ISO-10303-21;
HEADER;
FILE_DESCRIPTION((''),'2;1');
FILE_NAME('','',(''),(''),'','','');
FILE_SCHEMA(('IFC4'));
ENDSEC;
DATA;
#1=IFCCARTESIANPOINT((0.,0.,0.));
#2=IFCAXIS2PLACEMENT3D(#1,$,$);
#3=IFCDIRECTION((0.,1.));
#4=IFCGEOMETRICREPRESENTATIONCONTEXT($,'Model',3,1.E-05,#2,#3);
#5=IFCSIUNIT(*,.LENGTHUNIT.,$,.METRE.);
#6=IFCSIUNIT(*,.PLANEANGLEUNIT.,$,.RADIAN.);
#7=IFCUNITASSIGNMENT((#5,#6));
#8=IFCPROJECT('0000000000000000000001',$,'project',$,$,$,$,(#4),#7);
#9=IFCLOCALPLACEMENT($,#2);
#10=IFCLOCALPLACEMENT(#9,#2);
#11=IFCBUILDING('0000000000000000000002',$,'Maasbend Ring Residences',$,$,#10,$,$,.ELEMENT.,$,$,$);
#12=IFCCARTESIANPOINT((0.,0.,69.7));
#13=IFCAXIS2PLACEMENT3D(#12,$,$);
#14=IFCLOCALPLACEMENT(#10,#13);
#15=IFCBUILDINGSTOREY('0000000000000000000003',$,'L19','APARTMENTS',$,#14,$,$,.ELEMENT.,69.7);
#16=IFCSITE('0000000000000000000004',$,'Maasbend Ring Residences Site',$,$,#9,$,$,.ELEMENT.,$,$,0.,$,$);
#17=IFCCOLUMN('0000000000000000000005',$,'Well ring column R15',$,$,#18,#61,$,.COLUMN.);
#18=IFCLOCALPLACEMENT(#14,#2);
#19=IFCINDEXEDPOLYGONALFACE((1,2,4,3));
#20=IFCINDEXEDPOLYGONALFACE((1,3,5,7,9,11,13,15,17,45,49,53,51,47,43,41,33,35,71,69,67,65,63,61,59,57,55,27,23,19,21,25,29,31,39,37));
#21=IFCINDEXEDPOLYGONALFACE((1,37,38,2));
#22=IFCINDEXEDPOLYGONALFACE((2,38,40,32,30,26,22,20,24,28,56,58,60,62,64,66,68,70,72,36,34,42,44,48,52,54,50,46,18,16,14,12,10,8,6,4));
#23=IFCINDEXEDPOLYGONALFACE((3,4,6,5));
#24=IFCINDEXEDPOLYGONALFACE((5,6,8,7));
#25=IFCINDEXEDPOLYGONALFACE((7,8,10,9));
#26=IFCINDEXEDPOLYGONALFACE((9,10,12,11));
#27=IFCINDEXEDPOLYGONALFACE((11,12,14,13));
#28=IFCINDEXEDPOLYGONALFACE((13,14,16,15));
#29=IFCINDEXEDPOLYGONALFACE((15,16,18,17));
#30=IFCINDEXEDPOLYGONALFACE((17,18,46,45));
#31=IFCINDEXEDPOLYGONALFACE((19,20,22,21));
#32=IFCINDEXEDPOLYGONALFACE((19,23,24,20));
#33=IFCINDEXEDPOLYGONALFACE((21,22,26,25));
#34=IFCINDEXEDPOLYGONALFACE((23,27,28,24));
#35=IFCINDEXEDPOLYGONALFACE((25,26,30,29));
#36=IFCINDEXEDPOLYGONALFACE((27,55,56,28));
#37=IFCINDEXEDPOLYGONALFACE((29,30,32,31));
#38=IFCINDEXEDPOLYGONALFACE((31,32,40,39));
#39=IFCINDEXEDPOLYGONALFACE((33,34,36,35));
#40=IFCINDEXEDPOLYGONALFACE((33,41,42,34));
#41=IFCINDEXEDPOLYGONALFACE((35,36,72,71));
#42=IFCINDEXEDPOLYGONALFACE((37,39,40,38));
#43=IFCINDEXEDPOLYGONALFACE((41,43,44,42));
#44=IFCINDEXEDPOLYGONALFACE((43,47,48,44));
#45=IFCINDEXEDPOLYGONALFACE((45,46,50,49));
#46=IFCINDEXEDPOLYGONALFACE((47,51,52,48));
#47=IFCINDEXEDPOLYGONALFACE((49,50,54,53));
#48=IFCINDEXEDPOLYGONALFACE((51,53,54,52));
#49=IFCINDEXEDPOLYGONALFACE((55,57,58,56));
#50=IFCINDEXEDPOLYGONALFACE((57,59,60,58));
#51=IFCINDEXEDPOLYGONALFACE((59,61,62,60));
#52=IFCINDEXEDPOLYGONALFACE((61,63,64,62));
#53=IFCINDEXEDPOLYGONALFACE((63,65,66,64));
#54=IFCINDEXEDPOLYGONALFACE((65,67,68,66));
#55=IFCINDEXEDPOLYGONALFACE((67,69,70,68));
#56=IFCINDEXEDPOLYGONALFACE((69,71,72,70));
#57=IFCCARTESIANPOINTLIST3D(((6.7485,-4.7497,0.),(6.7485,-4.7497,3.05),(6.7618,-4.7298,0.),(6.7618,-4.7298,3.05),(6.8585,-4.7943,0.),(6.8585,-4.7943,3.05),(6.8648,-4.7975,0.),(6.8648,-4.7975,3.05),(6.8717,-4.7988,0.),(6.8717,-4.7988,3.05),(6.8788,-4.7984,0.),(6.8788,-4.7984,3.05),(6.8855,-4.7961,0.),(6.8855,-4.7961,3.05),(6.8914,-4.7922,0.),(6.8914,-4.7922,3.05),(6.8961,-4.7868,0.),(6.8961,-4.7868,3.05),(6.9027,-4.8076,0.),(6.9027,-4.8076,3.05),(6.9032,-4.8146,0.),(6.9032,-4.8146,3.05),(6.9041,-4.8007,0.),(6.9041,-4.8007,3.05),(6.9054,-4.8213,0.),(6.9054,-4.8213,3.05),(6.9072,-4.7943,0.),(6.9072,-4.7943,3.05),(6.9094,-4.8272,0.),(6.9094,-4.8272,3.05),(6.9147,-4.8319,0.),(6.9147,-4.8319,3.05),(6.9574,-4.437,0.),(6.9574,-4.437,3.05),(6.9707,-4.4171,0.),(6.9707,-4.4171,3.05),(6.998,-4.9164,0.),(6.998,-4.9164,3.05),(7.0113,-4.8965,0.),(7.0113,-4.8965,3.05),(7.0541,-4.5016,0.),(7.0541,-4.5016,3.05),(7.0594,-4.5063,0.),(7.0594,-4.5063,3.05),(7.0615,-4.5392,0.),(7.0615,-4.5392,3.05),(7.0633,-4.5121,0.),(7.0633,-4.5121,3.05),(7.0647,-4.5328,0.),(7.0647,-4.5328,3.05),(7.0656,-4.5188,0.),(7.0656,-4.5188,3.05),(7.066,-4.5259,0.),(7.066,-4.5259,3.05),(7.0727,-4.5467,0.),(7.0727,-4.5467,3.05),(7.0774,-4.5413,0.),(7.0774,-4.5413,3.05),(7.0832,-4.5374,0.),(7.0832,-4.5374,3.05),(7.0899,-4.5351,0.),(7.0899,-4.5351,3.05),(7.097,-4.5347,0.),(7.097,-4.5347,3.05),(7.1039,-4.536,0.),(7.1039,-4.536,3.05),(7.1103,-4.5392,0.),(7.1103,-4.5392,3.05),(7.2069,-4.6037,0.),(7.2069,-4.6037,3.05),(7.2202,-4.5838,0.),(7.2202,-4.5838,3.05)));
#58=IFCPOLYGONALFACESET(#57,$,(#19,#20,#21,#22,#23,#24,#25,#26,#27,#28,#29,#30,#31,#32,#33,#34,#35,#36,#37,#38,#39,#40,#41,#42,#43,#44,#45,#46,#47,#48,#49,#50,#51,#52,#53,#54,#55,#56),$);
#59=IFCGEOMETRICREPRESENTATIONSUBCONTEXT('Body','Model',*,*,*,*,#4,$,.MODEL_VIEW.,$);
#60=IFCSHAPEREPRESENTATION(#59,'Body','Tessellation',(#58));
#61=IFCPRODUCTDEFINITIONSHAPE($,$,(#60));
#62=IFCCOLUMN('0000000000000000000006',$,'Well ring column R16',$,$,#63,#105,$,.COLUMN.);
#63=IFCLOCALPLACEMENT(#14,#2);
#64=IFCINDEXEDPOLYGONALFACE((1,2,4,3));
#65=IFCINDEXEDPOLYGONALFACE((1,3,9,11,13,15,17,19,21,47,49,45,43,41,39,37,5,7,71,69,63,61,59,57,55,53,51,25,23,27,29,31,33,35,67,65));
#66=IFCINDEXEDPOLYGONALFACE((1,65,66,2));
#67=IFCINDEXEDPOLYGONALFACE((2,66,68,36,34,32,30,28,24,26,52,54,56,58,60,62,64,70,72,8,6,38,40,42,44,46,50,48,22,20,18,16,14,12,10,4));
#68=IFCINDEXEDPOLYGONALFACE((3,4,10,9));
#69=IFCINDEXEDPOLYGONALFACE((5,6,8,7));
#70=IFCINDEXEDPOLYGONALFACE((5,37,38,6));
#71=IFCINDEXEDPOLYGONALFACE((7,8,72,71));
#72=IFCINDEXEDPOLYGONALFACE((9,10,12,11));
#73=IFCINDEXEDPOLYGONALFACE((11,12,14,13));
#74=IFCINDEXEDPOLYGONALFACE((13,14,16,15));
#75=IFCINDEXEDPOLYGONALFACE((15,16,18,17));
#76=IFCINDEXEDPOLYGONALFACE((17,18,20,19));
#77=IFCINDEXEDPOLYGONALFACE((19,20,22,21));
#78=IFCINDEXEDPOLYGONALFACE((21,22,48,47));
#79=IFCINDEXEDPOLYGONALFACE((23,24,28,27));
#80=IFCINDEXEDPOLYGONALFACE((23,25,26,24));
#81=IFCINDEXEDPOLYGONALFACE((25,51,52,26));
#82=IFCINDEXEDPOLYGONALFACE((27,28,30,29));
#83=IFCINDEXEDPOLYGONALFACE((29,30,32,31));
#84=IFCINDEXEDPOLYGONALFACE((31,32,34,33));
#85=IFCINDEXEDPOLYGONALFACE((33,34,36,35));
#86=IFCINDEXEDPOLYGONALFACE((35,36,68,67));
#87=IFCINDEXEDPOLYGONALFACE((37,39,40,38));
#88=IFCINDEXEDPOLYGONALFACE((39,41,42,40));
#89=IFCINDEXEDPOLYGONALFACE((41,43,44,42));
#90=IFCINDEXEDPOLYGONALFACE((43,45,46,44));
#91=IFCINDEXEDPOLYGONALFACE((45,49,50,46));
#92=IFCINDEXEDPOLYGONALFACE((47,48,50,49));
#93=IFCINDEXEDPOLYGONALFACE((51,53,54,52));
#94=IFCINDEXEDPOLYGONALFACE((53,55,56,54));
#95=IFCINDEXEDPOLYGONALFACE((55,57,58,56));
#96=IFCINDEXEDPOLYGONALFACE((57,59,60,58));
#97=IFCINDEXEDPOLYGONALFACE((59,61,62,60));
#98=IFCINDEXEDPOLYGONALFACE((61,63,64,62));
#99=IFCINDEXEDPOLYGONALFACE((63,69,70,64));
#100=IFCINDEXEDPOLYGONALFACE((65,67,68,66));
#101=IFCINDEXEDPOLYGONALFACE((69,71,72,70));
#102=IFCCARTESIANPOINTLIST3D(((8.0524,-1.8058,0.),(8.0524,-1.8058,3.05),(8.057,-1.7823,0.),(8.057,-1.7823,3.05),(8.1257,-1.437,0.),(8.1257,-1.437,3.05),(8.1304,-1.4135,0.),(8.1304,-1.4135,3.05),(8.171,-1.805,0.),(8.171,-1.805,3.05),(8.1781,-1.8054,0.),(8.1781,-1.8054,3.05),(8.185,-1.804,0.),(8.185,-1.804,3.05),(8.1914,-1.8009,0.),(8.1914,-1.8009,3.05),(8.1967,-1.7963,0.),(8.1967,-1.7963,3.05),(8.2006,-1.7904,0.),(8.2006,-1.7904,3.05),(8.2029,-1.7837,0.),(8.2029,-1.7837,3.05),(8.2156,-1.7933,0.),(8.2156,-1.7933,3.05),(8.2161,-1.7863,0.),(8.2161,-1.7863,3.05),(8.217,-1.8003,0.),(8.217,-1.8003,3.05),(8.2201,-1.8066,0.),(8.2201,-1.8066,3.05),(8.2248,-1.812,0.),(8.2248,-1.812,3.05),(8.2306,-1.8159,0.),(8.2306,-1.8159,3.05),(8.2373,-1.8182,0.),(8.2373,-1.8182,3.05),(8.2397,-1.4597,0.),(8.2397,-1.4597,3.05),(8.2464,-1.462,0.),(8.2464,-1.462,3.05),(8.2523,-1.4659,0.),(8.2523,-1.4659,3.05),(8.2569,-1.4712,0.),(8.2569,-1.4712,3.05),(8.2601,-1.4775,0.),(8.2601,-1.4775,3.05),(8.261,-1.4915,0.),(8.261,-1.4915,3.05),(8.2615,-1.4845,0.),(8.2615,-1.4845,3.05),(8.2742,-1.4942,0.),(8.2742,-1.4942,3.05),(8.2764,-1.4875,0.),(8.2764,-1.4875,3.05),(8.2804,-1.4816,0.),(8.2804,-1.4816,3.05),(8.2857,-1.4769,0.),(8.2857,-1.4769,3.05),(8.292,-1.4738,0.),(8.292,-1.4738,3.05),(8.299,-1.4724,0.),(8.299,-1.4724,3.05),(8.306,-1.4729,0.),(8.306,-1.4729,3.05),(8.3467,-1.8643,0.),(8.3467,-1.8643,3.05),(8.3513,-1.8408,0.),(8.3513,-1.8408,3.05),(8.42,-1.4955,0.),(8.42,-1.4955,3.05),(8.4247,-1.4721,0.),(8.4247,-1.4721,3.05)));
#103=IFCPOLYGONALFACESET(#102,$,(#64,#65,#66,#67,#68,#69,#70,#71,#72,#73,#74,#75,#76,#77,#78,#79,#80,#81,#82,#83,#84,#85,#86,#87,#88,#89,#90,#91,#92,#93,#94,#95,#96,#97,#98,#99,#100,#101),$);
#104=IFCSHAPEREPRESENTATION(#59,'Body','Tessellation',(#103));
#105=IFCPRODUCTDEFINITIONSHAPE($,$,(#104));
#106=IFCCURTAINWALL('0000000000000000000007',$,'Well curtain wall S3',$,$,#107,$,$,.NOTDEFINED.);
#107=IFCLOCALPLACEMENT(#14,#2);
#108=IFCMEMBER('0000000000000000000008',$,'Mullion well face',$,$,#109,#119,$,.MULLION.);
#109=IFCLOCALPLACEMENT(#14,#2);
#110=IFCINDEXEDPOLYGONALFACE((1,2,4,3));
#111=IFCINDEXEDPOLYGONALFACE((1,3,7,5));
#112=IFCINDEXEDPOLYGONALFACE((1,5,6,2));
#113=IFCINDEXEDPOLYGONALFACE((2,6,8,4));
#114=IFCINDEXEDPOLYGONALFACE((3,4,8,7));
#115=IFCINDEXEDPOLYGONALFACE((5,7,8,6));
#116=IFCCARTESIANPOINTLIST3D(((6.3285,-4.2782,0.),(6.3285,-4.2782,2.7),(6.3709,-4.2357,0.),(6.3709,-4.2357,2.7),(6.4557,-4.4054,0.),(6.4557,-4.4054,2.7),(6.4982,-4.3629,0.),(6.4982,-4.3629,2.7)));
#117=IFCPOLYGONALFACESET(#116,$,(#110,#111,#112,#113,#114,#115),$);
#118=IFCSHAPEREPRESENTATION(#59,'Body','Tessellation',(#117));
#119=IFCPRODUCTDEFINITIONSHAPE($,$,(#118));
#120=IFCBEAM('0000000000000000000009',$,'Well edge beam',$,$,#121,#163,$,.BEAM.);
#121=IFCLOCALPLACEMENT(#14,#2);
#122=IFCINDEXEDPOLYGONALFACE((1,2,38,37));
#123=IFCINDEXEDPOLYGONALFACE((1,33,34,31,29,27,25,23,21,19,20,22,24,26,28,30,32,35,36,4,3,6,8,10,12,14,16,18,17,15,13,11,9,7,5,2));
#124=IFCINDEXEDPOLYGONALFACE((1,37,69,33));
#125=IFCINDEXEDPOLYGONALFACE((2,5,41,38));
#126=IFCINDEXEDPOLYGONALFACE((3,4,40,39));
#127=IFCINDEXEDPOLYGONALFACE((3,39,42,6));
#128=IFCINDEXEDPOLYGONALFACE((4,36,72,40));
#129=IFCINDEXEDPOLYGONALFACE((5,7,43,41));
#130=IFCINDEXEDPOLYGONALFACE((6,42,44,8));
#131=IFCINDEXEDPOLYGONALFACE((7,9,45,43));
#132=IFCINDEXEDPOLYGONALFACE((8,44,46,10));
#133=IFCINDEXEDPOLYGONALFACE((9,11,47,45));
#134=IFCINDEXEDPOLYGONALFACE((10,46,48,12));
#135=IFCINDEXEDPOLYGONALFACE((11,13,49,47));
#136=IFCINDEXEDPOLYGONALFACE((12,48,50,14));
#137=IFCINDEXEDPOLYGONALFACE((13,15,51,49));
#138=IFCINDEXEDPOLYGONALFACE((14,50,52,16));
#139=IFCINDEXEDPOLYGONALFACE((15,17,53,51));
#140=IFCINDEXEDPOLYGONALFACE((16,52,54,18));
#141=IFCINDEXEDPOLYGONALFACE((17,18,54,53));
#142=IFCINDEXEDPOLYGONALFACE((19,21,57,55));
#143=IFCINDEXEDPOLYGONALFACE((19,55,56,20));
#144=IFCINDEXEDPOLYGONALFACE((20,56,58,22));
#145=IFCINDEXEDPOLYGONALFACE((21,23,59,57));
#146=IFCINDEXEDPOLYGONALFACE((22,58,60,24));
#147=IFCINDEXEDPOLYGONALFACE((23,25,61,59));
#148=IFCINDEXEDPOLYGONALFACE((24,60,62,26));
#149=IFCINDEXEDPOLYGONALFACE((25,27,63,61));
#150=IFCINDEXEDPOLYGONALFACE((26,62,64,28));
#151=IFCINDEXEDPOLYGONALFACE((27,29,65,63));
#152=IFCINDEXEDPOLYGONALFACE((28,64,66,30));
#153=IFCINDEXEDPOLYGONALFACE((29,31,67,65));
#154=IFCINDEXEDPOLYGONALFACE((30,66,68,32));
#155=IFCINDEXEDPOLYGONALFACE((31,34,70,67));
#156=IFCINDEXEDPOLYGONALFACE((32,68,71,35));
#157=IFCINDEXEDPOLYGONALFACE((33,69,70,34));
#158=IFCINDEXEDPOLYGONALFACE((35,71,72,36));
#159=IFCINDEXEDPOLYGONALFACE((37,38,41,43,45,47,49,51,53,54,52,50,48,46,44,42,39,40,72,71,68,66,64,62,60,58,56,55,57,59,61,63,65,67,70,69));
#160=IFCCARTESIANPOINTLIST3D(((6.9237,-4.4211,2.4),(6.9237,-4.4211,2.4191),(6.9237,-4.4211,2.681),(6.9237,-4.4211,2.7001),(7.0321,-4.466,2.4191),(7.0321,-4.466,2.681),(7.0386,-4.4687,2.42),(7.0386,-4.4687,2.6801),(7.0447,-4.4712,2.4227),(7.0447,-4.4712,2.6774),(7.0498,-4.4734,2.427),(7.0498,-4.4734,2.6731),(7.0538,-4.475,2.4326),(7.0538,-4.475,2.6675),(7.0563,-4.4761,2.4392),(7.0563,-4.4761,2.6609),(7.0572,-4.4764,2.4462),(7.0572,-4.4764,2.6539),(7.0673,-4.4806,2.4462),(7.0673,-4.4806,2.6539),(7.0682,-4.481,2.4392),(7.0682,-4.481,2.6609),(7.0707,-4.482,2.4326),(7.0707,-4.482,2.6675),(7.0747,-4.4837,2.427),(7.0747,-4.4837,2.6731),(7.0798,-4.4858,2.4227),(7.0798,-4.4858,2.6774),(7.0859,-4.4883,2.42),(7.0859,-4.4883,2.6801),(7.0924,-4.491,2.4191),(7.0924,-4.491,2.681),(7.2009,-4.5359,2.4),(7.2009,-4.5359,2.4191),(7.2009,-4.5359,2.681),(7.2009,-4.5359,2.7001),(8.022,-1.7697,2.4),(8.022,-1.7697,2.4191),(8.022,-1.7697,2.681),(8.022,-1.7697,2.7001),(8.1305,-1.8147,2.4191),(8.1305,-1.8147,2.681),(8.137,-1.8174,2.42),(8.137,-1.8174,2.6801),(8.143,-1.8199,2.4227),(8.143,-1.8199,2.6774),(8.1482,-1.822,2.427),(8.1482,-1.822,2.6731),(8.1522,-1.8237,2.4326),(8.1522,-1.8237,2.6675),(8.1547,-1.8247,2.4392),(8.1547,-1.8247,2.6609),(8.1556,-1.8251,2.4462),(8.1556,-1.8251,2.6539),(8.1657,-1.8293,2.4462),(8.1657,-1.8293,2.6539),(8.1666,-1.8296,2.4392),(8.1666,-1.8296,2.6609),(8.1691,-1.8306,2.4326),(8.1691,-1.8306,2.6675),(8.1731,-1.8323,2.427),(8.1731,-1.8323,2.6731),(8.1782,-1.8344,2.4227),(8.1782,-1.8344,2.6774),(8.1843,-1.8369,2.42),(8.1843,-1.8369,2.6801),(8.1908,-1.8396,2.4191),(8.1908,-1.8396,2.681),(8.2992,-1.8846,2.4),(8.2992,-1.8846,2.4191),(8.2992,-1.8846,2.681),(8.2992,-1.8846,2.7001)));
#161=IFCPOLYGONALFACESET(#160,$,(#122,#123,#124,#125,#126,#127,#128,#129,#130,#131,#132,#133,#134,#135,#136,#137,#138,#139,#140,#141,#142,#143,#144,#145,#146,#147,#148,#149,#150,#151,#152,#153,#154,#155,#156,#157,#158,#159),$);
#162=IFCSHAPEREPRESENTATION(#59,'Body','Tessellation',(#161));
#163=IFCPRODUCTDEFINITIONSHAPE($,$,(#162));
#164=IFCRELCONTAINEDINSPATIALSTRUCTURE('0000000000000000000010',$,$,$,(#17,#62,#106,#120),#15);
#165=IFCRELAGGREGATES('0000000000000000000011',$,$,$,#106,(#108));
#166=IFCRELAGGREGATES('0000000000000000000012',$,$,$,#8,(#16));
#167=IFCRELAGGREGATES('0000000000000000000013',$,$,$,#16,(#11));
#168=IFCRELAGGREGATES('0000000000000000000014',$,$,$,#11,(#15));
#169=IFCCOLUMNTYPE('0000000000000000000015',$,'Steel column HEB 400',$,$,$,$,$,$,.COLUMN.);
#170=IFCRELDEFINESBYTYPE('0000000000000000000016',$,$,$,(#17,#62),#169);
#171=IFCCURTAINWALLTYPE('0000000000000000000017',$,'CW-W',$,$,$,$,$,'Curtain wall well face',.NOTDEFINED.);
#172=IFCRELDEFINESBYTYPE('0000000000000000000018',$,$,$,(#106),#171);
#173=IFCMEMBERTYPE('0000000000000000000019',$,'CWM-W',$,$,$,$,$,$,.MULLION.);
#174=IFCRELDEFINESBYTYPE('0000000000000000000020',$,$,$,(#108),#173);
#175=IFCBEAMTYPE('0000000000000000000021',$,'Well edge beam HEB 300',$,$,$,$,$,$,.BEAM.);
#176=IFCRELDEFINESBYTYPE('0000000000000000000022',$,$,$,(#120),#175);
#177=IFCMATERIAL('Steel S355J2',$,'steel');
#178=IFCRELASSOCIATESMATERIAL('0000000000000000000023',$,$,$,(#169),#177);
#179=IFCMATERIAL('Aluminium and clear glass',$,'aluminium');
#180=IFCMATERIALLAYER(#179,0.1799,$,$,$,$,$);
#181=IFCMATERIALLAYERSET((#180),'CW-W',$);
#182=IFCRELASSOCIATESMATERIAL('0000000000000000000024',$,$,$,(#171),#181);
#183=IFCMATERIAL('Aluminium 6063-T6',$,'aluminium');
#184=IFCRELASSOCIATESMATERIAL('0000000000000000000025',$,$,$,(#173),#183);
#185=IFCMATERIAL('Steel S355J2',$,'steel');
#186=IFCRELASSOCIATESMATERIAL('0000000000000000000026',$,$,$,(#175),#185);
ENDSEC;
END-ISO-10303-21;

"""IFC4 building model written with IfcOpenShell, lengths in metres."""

from ifc_helpers import new_model, si_unit, direction, frame, origin, origin_2d, place, context, subcontext, project, spatial, rectangle, i_section, extrude, material, layer, layer_set, material_profile, profile_set, type_object, element, aggregate, save


model = new_model("IFC4")

# Units and contexts
model_context = context("Model", 3, precision=1e-05, world=origin(), true_north=direction((0.0, 1.0)))
body_context = subcontext(model_context, "Body", "Model", "MODEL_VIEW")
ifc_project = project(units=[si_unit("LENGTHUNIT", "METRE"), si_unit("PLANEANGLEUNIT", "RADIAN")], contexts=[model_context])

# Site, building, storey
site_placement = place(None, origin())
site = spatial("IfcSite", under=ifc_project, at=site_placement, Name="Maasbend Ring Residences Site", CompositionType="ELEMENT", RefElevation=0.0)
building_placement = place(site_placement, origin())
building = spatial("IfcBuilding", under=site, at=building_placement, Name="Maasbend Ring Residences", CompositionType="ELEMENT")
storey_placement = place(building_placement, frame((0.0, 0.0, 69.7)))
storey = spatial("IfcBuildingStorey", under=building, at=storey_placement, Name="L19", Description="APARTMENTS", CompositionType="ELEMENT", Elevation=69.7)

# Columns
ifc_material_1 = material(Name="Steel S355J2", Category="steel")
ifc_material_profile_1 = material_profile(ifc_material_1, i_section(OverallWidth=0.3, OverallDepth=0.3999, WebThickness=0.0134, FlangeThickness=0.0239, FilletRadius=0.0271, at=origin_2d()), Name="HEB 400")
ifc_profile_set_1 = profile_set([ifc_material_profile_1], Name="Steel S355J2")
column_type = type_object("IfcColumnType", Name="Steel column HEB 400", PredefinedType="COLUMN", material=ifc_profile_set_1)
for number, where, z_axis, x_axis, name in (
    (1, (6.9844, -4.6667, 0.0), (0.0, 0.0, 1.0), (0.83147, -0.55557, 0.0), "Well ring column R15"),
    (2, (8.2385, -1.6389, 0.0), (0.0, 0.0, 1.0), (0.980785, -0.19509, 0.0), "Well ring column R16"),
):
    element("IfcColumn", number, at=place(storey_placement, frame(where, z_axis=z_axis, x_axis=x_axis)), inside=storey, type_object=column_type, Name=name, PredefinedType="COLUMN", context=body_context, shape_type="SweptSolid", body=[
        extrude(i_section(OverallWidth=0.3, OverallDepth=0.3999, WebThickness=0.0134, FlangeThickness=0.0239, FilletRadius=0.0271, at=origin_2d()), origin(), (0.0, 0.0, 1.0), 3.05),
    ])

# Curtain wall, member
ifc_material_2 = material(Name="Aluminium and clear glass", Category="aluminium")
ifc_layer_1 = layer(ifc_material_2, 0.1799)
ifc_layer_set_1 = layer_set([ifc_layer_1], Name="CW-W")
curtain_wall_type = type_object("IfcCurtainWallType", Name="CW-W", ElementType="Curtain wall well face", PredefinedType="NOTDEFINED", material=ifc_layer_set_1)
curtain_wall_placement = place(storey_placement, origin())
curtain_wall = element("IfcCurtainWall", 3, at=curtain_wall_placement, inside=storey, type_object=curtain_wall_type, Name="Well curtain wall S3", PredefinedType="NOTDEFINED")
ifc_material_3 = material(Name="Aluminium 6063-T6", Category="aluminium")
ifc_material_profile_2 = material_profile(ifc_material_3, rectangle(XDim=0.1799, YDim=0.0601, at=origin_2d()), Name="AL 180x60")
ifc_profile_set_2 = profile_set([ifc_material_profile_2], Name="Aluminium 6063-T6")
member_type = type_object("IfcMemberType", Name="CWM-W", PredefinedType="MULLION", material=ifc_profile_set_2)
member_placement = place(storey_placement, frame((6.4133, -4.3206, 0.0), z_axis=(0.0, 0.0, 1.0), x_axis=(-0.707107, 0.707107, 0.0)))
member = element("IfcMember", 4, at=member_placement, type_object=member_type, Name="Mullion well face", PredefinedType="MULLION", context=body_context, shape_type="SweptSolid", body=[
    extrude(rectangle(XDim=0.1799, YDim=0.0601, at=origin_2d()), origin(), (0.0, 0.0, 1.0), 2.7),
])

# Beam
ifc_material_4 = material(Name="Steel S355J2", Category="steel")
ifc_material_profile_3 = material_profile(ifc_material_4, i_section(OverallWidth=0.3, OverallDepth=0.3, WebThickness=0.011, FlangeThickness=0.019, FilletRadius=0.0271, at=origin_2d()), Name="HEB 300")
ifc_profile_set_3 = profile_set([ifc_material_profile_3], Name="Steel S355J2")
beam_type = type_object("IfcBeamType", Name="Well edge beam HEB 300", PredefinedType="BEAM", material=ifc_profile_set_3)
beam_1_placement = place(storey_placement, frame((7.0623, -4.4785, 2.55), z_axis=(0.38273, 0.92386, 0.0), x_axis=(-0.92386, 0.38273, 0.0)))
element("IfcBeam", 5, at=beam_1_placement, inside=storey, type_object=beam_type, Name="Well edge beam", PredefinedType="BEAM", context=body_context, shape_type="SweptSolid", body=[
    extrude(i_section(OverallWidth=0.3, OverallDepth=0.3, WebThickness=0.011, FlangeThickness=0.019, FilletRadius=0.0271, at=origin_2d()), origin(), (0.0, 0.0, 1.0), 2.8699),
])

aggregate(curtain_wall, [member])

save(model, "model.ifc")
